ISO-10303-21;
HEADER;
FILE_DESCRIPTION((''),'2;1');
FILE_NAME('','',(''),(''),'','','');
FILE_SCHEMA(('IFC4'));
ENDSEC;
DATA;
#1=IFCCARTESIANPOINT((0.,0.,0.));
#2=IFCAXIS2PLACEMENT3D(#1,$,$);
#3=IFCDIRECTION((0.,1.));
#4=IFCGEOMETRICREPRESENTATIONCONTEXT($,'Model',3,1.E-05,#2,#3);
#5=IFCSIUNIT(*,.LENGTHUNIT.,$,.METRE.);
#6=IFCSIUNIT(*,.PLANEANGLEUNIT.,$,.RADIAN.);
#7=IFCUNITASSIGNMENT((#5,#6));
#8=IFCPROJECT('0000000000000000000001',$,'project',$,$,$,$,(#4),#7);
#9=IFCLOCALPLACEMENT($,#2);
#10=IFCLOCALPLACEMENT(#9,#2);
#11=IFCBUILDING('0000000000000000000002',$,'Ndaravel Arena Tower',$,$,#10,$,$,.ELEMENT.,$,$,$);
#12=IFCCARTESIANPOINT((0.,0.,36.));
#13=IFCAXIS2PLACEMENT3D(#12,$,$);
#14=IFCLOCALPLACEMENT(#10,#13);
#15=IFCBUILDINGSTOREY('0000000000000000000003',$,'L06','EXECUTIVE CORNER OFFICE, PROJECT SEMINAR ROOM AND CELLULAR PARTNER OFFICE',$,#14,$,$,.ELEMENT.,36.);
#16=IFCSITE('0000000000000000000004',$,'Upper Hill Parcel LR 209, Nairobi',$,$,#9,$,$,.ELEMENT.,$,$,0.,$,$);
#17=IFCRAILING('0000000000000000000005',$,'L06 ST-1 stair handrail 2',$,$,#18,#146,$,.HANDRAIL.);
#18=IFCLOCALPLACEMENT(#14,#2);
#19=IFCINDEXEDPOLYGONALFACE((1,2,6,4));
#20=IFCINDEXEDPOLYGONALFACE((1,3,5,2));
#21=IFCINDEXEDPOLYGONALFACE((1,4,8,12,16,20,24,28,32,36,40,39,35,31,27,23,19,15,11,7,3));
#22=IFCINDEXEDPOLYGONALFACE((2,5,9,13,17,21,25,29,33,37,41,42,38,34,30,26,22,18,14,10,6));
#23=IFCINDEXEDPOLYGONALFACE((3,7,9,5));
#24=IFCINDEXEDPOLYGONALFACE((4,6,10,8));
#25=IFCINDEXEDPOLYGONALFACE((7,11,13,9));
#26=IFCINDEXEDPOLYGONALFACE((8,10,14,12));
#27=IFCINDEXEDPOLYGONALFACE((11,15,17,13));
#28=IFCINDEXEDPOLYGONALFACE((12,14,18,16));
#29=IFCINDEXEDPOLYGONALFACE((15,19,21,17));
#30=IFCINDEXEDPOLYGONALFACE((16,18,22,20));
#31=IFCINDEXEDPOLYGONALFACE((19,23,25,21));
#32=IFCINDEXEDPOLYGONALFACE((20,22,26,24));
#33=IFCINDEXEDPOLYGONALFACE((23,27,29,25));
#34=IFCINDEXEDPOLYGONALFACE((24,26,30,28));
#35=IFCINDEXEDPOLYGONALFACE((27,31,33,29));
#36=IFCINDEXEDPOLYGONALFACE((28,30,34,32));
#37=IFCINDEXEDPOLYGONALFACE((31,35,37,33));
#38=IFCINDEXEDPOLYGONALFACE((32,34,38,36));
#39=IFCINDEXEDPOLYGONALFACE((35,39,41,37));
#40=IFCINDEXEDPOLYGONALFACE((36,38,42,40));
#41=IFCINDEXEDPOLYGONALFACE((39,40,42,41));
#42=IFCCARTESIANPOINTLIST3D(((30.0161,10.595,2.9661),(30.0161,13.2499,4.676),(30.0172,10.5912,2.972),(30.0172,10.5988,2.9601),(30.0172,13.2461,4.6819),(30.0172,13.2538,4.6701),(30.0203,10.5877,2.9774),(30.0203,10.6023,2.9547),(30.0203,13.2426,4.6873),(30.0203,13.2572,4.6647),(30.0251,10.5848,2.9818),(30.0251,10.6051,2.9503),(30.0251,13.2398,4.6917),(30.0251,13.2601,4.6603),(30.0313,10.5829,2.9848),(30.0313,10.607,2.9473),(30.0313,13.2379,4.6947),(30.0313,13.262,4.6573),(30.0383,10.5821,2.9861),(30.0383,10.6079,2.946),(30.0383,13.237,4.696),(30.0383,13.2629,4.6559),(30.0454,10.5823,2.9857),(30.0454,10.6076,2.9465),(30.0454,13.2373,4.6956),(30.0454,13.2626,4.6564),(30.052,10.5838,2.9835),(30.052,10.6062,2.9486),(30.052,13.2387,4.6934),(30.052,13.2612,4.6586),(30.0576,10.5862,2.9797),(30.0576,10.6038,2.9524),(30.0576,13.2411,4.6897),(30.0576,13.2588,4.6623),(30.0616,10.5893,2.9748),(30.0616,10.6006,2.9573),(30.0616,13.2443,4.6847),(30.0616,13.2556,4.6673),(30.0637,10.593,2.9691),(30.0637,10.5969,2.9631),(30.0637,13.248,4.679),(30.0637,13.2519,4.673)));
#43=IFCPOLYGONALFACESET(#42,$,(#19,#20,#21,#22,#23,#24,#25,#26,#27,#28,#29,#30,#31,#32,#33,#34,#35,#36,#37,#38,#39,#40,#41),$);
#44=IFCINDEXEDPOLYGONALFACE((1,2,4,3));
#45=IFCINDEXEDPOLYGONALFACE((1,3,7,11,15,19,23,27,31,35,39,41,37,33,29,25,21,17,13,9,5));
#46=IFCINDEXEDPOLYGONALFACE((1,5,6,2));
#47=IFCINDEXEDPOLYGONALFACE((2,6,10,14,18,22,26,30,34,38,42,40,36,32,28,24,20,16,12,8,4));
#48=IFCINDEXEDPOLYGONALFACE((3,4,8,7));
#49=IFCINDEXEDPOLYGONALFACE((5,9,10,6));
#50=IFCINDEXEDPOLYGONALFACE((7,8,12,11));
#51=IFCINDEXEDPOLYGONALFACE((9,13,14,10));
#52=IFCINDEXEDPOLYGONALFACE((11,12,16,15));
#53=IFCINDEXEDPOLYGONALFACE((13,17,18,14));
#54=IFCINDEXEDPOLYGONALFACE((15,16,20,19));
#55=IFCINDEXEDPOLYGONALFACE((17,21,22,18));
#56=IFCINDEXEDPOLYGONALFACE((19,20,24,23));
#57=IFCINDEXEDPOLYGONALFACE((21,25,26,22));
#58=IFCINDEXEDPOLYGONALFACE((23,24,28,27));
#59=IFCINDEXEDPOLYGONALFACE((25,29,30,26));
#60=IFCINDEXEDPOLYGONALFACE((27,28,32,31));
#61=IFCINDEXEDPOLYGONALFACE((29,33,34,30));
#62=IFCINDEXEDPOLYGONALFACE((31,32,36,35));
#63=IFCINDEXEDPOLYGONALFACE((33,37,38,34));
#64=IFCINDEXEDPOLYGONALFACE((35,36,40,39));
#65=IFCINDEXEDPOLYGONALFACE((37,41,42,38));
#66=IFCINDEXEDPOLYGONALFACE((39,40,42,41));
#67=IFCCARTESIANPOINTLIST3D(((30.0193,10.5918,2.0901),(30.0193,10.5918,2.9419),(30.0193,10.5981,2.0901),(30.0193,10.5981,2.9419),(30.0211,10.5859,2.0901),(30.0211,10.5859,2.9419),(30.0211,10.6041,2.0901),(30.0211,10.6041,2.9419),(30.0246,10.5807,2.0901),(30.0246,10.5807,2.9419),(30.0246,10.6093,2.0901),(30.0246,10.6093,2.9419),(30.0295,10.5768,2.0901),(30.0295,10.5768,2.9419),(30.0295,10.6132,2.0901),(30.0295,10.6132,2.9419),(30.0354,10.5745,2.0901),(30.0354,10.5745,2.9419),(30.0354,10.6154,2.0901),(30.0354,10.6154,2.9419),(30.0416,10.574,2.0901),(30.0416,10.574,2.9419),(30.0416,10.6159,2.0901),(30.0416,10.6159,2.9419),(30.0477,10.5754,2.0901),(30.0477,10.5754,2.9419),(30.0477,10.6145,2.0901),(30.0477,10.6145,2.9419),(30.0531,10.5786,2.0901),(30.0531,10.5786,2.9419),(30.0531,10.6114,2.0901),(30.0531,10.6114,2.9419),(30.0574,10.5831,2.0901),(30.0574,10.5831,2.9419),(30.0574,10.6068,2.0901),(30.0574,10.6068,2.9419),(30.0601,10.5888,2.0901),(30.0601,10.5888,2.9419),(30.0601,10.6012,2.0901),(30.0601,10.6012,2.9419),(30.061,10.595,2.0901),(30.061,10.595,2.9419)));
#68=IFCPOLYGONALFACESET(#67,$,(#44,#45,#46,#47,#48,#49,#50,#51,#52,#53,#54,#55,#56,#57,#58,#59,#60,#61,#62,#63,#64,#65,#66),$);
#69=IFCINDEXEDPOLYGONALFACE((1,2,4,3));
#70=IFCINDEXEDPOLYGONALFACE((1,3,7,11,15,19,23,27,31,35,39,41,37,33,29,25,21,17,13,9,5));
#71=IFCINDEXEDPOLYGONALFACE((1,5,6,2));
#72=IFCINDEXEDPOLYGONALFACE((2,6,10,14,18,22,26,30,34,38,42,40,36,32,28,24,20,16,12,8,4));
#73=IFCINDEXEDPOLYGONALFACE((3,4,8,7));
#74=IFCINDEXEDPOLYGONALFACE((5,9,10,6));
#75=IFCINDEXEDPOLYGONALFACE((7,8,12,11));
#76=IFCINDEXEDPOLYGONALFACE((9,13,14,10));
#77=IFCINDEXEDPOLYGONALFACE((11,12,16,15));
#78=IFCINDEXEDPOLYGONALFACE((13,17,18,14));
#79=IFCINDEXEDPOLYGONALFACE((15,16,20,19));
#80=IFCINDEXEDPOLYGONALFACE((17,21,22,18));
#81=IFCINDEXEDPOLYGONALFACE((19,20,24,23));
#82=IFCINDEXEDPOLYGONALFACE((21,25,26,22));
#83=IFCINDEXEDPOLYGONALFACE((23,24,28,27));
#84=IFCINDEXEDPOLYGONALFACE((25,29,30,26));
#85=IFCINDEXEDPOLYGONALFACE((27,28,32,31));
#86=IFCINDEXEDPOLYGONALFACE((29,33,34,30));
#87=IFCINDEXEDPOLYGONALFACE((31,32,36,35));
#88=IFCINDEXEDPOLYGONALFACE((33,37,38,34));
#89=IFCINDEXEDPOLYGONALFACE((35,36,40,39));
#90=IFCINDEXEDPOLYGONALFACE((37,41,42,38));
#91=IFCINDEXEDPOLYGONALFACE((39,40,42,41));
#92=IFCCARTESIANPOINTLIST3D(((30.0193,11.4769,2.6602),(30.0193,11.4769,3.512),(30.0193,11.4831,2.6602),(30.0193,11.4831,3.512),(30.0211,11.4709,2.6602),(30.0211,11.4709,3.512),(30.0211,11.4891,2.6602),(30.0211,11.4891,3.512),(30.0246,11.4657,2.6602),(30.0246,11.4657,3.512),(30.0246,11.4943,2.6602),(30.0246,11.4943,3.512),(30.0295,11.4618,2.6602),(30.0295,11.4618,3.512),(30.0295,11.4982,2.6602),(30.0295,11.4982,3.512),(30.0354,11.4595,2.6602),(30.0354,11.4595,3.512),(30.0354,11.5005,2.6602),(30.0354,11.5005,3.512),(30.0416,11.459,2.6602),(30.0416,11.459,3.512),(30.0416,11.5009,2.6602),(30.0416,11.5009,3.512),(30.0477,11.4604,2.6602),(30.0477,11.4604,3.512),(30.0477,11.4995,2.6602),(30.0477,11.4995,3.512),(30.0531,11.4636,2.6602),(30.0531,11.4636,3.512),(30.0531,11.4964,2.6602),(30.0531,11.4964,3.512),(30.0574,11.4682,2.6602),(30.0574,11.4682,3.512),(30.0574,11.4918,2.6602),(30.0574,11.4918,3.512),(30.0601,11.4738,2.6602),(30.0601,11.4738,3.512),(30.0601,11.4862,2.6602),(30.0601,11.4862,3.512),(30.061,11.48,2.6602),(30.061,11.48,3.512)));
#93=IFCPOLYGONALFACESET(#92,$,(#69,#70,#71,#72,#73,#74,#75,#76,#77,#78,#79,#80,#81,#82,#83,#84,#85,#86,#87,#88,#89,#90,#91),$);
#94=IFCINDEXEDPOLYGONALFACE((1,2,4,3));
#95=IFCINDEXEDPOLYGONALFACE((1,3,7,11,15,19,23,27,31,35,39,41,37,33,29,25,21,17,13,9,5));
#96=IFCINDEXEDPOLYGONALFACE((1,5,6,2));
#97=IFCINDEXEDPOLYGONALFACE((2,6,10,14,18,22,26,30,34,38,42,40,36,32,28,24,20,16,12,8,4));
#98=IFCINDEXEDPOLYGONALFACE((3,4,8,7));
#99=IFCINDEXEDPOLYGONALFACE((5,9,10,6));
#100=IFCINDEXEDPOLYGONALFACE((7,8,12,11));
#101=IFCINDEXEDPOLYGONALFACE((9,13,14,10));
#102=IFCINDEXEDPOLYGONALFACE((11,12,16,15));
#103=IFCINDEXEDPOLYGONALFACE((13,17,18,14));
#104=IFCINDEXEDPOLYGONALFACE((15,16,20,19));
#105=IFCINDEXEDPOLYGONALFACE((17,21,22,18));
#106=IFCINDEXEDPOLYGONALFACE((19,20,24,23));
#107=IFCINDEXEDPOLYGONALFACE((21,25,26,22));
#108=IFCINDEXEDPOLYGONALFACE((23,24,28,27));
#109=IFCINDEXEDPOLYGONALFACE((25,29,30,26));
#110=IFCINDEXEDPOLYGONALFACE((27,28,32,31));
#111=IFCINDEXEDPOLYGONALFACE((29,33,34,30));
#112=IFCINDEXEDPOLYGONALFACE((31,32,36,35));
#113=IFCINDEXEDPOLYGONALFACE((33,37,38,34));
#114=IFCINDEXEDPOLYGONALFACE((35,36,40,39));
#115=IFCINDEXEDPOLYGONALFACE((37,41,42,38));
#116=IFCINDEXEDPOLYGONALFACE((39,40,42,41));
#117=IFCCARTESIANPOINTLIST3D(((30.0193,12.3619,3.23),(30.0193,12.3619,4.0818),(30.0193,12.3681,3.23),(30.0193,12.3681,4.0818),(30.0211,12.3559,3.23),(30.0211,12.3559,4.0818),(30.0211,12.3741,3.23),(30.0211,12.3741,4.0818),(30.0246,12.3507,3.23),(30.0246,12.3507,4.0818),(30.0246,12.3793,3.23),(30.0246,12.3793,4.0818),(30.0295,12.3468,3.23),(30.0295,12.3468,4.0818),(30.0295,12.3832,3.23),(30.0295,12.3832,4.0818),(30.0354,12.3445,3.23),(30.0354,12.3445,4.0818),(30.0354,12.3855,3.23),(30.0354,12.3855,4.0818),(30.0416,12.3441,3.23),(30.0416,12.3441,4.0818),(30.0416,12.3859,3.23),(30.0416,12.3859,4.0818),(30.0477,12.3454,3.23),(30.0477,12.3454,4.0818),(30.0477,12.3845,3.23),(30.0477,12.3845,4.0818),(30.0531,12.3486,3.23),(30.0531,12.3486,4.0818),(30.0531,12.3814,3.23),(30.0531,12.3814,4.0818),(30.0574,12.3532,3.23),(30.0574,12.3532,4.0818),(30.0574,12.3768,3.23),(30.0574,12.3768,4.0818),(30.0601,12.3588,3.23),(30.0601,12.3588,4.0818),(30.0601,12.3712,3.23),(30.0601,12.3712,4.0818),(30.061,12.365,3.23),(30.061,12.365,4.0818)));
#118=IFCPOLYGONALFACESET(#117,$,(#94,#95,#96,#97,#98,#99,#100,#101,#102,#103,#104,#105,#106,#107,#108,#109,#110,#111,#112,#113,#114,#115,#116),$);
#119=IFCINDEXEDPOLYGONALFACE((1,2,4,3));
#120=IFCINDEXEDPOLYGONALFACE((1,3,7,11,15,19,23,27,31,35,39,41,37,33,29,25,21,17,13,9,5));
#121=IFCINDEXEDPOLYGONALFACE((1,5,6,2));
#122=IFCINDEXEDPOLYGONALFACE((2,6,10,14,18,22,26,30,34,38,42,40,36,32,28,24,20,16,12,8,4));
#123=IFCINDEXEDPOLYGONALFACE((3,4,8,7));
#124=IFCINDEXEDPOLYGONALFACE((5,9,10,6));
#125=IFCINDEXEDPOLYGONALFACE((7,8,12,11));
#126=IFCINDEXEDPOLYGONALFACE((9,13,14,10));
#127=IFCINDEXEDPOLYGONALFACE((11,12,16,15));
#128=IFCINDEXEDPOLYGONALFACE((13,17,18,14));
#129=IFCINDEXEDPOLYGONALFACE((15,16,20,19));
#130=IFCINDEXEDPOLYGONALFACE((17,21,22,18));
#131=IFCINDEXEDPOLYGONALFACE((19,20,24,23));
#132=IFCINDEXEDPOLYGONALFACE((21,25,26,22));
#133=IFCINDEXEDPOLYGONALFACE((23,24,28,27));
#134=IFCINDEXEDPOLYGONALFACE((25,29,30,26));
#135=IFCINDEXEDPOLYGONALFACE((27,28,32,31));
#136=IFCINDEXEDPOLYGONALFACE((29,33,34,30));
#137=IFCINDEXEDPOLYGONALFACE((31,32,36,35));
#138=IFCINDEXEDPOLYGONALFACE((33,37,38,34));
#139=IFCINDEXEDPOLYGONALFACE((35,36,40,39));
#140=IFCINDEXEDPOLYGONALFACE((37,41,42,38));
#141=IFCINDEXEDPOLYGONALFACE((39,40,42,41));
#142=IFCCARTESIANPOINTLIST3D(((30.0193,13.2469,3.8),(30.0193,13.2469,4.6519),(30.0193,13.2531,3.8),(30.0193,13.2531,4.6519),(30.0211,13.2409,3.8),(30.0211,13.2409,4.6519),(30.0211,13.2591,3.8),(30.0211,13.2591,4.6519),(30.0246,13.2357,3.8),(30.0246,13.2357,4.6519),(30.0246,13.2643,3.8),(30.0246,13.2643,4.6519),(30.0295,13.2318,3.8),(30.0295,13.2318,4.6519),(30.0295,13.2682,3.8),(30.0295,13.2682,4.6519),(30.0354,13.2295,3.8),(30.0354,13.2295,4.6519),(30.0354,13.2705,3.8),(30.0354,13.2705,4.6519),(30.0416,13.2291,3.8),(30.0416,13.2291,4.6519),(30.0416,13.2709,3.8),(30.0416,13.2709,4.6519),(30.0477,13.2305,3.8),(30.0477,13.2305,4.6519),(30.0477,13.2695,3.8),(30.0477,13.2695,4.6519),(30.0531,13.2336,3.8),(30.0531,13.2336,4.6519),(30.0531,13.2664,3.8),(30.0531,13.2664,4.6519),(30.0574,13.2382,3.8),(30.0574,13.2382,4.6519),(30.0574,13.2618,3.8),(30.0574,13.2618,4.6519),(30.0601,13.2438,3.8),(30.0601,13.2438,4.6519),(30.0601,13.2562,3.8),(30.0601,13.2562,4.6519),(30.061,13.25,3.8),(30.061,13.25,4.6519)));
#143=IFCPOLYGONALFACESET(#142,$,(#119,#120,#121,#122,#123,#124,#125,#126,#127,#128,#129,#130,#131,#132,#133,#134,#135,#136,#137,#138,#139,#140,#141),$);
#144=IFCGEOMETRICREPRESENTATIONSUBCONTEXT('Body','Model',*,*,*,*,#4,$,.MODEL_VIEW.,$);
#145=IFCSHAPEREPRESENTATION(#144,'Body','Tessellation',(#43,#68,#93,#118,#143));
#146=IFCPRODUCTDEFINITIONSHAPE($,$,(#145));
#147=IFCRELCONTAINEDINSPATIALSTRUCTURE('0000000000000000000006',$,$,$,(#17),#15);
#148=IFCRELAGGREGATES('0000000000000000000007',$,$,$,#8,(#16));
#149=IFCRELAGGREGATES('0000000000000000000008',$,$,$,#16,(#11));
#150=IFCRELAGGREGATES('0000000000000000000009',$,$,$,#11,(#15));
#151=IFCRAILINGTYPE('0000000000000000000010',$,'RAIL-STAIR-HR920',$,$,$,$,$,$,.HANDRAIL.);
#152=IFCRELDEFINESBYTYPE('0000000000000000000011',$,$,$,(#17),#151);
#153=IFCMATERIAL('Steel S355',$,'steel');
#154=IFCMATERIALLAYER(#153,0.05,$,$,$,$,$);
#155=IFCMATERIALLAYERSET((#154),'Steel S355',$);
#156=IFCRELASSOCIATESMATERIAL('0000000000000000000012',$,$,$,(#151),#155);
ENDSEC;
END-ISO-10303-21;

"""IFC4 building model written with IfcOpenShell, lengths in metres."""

from ifc_helpers import new_model, si_unit, direction, frame, origin, origin_2d, place, context, subcontext, project, spatial, circle, extrude, material, layer, layer_set, type_object, element, save


model = new_model("IFC4")

# Units and contexts
model_context = context("Model", 3, precision=1e-05, world=origin(), true_north=direction((0.0, 1.0)))
body_context = subcontext(model_context, "Body", "Model", "MODEL_VIEW")
ifc_project = project(units=[si_unit("LENGTHUNIT", "METRE"), si_unit("PLANEANGLEUNIT", "RADIAN")], contexts=[model_context])

# Site, building, storey
site_placement = place(None, origin())
site = spatial("IfcSite", under=ifc_project, at=site_placement, Name="Upper Hill Parcel LR 209, Nairobi", CompositionType="ELEMENT", RefElevation=0.0)
building_placement = place(site_placement, origin())
building = spatial("IfcBuilding", under=site, at=building_placement, Name="Ndaravel Arena Tower", CompositionType="ELEMENT")
storey_placement = place(building_placement, frame((0.0, 0.0, 36.0)))
storey = spatial("IfcBuildingStorey", under=building, at=storey_placement, Name="L06", Description="EXECUTIVE CORNER OFFICE, PROJECT SEMINAR ROOM AND CELLULAR PARTNER OFFICE", CompositionType="ELEMENT", Elevation=36.0)

# Railing
ifc_material_1 = material(Name="Steel S355", Category="steel")
ifc_layer_1 = layer(ifc_material_1, 0.05)
ifc_layer_set_1 = layer_set([ifc_layer_1], Name="Steel S355")
railing_type_1 = type_object("IfcRailingType", Name="RAIL-STAIR-HR920", PredefinedType="HANDRAIL", material=ifc_layer_set_1)
railing_1_placement = place(storey_placement, frame((30.04, 10.595, 2.0901)))
element("IfcRailing", 1, at=railing_1_placement, inside=storey, type_object=railing_type_1, Name="L06 ST-1 stair handrail 2", PredefinedType="HANDRAIL", context=body_context, shape_type="SweptSolid", body=[
    extrude(circle(Radius=0.0239, at=origin_2d()), frame((0.0, 0.0, 0.876), z_axis=(0.0, 0.840724, 0.541465), x_axis=(-1.0, 0.0, 0.0)), (0.0, 0.0, 1.0), 3.158),
    extrude(circle(Radius=0.021, at=origin_2d()), origin(), (0.0, 0.0, 1.0), 0.8518),
    extrude(circle(Radius=0.021, at=origin_2d()), frame((0.0, 0.885, 0.5701)), (0.0, 0.0, 1.0), 0.8518),
    extrude(circle(Radius=0.021, at=origin_2d()), frame((0.0, 1.77, 1.1399)), (0.0, 0.0, 1.0), 0.8518),
    extrude(circle(Radius=0.021, at=origin_2d()), frame((0.0, 2.655, 1.71)), (0.0, 0.0, 1.0), 0.8518),
])

save(model, "model.ifc")
